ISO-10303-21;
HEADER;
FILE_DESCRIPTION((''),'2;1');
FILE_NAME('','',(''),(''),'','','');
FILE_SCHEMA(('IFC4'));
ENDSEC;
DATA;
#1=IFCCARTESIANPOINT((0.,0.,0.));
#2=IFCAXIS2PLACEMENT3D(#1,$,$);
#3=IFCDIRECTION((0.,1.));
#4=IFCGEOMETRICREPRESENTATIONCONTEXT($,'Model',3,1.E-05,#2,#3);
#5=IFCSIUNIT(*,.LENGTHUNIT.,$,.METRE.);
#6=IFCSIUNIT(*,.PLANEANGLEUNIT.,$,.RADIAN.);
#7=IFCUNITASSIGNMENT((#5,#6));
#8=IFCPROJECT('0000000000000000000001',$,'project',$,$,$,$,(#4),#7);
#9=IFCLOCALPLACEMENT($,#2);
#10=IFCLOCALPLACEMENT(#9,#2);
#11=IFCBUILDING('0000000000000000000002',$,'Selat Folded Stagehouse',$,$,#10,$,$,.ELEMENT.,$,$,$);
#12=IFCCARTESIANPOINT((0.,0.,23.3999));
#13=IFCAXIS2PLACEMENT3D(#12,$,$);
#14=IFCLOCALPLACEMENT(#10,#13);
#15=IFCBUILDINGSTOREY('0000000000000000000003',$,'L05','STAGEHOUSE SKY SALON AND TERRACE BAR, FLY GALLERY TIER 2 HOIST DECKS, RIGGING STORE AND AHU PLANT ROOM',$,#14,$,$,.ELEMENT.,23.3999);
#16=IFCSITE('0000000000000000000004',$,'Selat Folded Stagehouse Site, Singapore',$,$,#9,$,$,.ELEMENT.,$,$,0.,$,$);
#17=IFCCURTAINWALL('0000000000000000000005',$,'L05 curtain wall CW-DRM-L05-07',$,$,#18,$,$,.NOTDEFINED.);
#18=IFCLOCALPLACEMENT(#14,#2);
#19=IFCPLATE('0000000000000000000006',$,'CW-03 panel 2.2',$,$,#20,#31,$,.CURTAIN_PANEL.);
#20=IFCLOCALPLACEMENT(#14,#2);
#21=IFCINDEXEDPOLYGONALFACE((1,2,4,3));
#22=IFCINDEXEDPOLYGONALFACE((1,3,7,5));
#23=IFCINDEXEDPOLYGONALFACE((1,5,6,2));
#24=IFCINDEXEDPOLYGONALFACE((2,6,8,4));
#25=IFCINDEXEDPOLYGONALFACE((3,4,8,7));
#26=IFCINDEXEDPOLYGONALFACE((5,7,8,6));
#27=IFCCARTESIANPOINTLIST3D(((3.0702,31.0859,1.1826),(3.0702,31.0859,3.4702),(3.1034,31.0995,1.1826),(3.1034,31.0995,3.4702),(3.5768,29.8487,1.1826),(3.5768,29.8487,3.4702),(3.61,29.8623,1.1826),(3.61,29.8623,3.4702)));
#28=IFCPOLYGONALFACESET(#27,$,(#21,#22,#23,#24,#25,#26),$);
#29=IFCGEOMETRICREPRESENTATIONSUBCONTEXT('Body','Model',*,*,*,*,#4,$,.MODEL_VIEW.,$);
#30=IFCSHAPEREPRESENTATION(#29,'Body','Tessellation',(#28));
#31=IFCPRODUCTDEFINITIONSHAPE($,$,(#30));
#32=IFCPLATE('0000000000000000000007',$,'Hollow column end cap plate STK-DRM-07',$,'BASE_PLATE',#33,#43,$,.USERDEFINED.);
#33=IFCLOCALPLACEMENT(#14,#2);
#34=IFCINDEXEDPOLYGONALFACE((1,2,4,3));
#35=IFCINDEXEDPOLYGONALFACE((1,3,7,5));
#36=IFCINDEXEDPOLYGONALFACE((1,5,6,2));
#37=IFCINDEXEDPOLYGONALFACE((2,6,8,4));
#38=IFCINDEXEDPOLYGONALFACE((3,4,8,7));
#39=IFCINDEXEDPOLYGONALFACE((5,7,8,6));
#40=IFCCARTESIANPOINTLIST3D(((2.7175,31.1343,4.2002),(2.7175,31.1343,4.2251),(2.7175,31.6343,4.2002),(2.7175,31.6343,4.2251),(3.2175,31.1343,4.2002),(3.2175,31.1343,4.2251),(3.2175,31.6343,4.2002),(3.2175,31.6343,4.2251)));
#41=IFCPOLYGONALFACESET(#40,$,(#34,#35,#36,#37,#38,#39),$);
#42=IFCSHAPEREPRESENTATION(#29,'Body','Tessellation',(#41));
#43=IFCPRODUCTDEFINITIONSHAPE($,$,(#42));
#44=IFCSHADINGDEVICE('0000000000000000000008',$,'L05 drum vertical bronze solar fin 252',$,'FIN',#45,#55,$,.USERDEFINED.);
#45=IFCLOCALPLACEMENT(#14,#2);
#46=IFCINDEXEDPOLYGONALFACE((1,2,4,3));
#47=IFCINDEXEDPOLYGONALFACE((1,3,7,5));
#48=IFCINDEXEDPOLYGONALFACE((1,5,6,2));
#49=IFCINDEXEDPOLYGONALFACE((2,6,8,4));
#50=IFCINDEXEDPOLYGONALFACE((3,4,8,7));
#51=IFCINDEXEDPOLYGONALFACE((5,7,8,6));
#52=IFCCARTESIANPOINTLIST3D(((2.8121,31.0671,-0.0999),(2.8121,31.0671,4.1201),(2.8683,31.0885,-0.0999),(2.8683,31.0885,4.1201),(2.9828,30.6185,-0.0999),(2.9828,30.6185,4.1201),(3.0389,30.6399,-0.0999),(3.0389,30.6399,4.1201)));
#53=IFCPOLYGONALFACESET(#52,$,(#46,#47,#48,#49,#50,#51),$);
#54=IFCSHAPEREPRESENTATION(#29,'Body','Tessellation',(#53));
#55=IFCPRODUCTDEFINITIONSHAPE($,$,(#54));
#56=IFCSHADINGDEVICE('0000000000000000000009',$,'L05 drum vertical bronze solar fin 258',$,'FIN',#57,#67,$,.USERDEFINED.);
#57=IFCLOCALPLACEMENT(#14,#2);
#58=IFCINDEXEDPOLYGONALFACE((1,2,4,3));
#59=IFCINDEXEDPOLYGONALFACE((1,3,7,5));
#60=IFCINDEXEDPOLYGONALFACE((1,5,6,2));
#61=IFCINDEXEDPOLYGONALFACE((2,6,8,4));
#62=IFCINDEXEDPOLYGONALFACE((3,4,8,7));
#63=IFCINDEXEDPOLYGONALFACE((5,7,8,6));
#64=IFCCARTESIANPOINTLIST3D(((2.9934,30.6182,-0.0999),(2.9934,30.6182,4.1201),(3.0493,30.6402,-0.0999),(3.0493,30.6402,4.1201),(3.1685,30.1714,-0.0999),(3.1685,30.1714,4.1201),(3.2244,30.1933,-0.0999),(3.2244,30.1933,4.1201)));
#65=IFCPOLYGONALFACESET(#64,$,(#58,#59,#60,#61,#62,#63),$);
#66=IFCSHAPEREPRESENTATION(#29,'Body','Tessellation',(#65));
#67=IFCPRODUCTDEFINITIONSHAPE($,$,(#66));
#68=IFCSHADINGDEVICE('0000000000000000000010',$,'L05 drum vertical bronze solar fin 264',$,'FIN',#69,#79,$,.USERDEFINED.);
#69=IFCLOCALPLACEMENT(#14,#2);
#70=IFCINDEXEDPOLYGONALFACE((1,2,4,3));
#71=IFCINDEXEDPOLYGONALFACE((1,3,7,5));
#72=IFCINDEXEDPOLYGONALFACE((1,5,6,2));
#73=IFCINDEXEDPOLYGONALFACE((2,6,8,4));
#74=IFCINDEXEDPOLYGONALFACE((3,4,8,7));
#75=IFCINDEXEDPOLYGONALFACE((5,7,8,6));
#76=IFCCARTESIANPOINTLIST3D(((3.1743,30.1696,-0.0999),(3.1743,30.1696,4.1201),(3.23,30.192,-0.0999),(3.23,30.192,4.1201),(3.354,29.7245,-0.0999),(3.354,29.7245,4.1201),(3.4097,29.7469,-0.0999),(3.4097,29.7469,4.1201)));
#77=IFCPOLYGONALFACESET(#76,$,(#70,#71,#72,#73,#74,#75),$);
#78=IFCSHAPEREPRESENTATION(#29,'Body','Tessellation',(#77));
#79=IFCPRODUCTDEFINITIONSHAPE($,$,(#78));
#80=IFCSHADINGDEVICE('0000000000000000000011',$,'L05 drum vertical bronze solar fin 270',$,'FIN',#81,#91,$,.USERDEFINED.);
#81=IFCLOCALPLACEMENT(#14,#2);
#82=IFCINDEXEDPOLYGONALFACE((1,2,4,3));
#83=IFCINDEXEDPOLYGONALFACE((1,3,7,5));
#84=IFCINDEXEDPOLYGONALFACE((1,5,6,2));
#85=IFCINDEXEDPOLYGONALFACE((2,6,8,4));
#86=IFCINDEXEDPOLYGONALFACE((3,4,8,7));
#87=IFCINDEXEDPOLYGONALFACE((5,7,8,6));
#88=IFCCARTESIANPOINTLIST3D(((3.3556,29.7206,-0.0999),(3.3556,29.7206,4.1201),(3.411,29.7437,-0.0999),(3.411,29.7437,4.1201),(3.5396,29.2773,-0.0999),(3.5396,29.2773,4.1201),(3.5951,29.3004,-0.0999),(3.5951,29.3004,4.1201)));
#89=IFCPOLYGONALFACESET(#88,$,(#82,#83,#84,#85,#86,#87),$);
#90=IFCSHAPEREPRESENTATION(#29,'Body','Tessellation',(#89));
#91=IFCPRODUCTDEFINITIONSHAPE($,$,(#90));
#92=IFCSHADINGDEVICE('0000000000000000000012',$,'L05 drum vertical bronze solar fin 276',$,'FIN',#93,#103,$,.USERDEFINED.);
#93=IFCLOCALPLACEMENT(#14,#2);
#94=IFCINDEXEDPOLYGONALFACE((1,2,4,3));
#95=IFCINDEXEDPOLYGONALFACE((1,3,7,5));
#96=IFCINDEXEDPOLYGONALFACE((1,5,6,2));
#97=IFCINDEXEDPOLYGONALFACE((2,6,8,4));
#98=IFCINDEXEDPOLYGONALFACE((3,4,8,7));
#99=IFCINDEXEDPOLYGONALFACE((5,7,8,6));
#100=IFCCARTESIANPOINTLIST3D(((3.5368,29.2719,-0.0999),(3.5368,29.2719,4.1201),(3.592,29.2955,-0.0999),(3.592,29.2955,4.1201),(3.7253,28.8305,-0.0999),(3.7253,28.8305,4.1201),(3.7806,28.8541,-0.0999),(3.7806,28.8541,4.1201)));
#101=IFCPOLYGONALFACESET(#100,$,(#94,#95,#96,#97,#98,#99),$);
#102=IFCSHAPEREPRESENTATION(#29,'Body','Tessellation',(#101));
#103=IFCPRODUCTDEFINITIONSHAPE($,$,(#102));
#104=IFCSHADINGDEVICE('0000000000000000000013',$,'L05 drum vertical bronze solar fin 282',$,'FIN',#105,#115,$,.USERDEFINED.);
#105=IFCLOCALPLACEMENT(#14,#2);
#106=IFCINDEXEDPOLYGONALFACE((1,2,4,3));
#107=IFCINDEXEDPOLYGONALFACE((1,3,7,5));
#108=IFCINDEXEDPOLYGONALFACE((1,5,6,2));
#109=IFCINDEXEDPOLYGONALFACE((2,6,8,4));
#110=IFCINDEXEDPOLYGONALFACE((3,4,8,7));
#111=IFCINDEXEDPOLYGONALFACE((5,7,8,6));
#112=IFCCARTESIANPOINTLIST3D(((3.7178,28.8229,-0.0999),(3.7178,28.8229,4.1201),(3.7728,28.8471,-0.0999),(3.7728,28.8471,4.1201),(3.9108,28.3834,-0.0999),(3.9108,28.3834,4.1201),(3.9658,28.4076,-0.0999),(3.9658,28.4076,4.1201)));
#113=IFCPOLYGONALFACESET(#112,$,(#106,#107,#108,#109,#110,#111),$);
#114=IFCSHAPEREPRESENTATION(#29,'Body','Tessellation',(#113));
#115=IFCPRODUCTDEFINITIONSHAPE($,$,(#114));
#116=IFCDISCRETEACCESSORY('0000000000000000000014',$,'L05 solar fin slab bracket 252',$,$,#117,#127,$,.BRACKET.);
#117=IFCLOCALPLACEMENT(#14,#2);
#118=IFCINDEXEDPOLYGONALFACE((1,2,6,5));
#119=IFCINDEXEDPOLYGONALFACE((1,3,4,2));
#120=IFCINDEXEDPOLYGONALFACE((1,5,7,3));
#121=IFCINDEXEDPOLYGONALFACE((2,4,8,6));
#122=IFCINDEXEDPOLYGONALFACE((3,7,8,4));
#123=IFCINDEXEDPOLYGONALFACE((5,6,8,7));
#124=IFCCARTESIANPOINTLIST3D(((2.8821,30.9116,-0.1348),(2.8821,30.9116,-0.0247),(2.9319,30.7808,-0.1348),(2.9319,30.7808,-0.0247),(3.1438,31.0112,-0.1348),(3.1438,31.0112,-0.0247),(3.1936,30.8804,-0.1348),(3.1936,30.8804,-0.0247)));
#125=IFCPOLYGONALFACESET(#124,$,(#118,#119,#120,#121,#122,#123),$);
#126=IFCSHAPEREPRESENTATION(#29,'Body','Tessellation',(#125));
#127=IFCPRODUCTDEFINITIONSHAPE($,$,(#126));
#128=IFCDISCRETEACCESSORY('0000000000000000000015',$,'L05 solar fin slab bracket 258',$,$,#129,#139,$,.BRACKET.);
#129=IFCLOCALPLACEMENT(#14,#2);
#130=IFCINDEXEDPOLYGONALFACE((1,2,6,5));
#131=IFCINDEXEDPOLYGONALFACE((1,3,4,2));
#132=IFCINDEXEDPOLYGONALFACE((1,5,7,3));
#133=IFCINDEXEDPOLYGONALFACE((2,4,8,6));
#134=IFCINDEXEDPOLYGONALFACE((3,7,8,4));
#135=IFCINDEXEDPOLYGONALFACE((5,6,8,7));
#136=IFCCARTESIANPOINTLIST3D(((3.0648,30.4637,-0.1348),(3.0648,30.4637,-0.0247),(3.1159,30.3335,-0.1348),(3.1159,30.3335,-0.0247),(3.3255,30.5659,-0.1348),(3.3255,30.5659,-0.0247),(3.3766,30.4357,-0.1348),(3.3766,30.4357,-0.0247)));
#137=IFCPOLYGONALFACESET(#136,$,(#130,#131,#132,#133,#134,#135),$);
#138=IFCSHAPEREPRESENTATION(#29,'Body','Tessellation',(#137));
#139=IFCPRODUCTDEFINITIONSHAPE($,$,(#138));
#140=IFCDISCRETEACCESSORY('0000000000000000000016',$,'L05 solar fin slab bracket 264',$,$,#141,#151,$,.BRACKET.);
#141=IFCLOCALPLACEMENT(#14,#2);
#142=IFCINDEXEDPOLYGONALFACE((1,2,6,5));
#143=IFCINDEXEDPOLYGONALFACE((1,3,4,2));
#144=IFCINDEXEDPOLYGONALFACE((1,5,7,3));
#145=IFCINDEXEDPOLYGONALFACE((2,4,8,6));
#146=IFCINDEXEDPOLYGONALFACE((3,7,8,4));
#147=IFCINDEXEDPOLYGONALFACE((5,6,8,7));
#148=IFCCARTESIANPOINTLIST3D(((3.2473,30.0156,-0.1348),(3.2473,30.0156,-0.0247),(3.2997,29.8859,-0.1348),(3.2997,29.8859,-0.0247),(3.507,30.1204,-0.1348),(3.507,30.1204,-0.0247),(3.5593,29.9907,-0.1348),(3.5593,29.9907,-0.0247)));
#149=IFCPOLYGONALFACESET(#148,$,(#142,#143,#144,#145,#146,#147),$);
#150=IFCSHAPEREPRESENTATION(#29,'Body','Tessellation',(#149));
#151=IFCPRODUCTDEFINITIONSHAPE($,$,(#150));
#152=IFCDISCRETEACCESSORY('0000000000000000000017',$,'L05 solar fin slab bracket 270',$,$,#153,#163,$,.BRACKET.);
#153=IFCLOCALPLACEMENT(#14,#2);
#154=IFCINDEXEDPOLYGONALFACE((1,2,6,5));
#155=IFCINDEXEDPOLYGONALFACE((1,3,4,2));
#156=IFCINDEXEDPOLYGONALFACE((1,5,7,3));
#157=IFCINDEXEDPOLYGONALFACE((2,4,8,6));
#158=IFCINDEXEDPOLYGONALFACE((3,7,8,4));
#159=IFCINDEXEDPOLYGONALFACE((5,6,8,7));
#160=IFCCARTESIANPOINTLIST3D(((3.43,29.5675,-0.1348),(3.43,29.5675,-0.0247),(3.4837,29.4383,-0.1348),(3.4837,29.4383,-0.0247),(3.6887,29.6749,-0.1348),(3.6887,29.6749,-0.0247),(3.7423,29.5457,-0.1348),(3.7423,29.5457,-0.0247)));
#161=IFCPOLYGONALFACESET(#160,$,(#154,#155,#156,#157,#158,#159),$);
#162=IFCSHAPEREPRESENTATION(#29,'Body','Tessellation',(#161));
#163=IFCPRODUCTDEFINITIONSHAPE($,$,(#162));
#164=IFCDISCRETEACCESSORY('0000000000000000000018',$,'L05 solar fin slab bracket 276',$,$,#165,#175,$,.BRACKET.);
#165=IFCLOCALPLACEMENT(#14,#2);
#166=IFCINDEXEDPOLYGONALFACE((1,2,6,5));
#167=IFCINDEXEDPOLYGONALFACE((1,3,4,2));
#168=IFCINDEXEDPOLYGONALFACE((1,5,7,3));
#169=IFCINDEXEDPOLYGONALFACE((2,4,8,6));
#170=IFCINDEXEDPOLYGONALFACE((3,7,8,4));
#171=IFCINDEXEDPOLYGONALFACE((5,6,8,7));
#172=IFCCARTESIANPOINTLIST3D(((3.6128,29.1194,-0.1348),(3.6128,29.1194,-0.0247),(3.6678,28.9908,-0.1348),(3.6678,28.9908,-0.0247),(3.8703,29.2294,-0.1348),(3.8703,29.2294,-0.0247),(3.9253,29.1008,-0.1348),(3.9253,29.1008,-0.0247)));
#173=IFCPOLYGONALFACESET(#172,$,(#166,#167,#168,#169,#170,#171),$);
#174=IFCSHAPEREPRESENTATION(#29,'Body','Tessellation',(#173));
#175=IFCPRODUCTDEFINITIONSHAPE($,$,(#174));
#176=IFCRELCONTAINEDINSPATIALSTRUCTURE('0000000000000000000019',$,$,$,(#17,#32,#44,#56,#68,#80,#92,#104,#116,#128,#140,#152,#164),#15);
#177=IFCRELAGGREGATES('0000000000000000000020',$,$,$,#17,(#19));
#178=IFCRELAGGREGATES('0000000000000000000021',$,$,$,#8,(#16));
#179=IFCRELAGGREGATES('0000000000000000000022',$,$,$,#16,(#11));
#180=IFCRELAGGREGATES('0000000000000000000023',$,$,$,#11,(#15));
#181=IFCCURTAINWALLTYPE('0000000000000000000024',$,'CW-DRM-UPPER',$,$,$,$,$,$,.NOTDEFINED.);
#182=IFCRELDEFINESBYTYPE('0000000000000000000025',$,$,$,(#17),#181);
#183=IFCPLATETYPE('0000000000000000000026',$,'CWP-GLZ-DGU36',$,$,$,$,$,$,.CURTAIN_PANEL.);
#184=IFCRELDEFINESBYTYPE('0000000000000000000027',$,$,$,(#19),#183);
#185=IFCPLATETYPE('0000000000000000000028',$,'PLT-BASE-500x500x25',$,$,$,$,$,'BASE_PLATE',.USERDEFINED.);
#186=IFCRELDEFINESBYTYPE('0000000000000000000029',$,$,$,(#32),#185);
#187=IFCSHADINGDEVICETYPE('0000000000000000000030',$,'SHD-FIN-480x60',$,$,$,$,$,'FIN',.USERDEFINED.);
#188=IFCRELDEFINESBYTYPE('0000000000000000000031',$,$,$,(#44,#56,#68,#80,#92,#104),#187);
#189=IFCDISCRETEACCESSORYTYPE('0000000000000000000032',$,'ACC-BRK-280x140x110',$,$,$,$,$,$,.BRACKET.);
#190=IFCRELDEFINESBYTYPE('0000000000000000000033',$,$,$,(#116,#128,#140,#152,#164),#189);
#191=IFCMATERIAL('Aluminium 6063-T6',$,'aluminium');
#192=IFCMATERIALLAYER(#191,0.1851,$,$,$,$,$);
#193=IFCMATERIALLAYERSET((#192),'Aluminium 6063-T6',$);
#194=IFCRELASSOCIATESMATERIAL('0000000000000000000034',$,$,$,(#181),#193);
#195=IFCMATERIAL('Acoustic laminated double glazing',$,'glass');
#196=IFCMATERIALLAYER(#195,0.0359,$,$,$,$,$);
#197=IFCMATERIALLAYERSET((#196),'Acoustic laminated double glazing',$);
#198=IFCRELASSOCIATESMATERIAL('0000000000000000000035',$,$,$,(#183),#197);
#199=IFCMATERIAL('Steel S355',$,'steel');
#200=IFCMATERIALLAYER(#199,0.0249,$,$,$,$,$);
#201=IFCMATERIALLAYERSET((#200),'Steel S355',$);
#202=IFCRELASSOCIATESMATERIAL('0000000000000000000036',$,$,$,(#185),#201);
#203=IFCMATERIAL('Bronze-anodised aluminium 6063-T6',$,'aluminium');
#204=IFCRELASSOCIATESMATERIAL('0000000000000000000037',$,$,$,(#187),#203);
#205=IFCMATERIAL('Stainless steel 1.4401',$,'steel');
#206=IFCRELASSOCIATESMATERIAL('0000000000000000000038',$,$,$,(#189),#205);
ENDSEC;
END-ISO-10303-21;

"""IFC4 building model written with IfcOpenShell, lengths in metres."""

from ifc_helpers import new_model, si_unit, direction, frame, origin, origin_2d, place, context, subcontext, project, spatial, rectangle, extrude, material, layer, layer_set, material_profile, profile_set, type_object, element, aggregate, save


model = new_model("IFC4")

# Units and contexts
model_context = context("Model", 3, precision=1e-05, world=origin(), true_north=direction((0.0, 1.0)))
body_context = subcontext(model_context, "Body", "Model", "MODEL_VIEW")
ifc_project = project(units=[si_unit("LENGTHUNIT", "METRE"), si_unit("PLANEANGLEUNIT", "RADIAN")], contexts=[model_context])

# Site, building, storey
site_placement = place(None, origin())
site = spatial("IfcSite", under=ifc_project, at=site_placement, Name="Selat Folded Stagehouse Site, Singapore", CompositionType="ELEMENT", RefElevation=0.0)
building_placement = place(site_placement, origin())
building = spatial("IfcBuilding", under=site, at=building_placement, Name="Selat Folded Stagehouse", CompositionType="ELEMENT")
storey_placement = place(building_placement, frame((0.0, 0.0, 23.3999)))
storey = spatial("IfcBuildingStorey", under=building, at=storey_placement, Name="L05", Description="STAGEHOUSE SKY SALON AND TERRACE BAR, FLY GALLERY TIER 2 HOIST DECKS, RIGGING STORE AND AHU PLANT ROOM", CompositionType="ELEMENT", Elevation=23.3999)

# Shared definitions
ifc_material_1 = material(Name="Steel S355", Category="steel")

# Curtain wall
ifc_material_2 = material(Name="Aluminium 6063-T6", Category="aluminium")
ifc_layer_1 = layer(ifc_material_2, 0.1851)
ifc_layer_set_1 = layer_set([ifc_layer_1], Name="Aluminium 6063-T6")
curtain_wall_type = type_object("IfcCurtainWallType", Name="CW-DRM-UPPER", PredefinedType="NOTDEFINED", material=ifc_layer_set_1)
curtain_wall_placement = place(storey_placement, origin())
curtain_wall = element("IfcCurtainWall", 1, at=curtain_wall_placement, inside=storey, type_object=curtain_wall_type, Name="L05 curtain wall CW-DRM-L05-07", PredefinedType="NOTDEFINED")

# Plates
ifc_material_3 = material(Name="Acoustic laminated double glazing", Category="glass")
ifc_layer_2 = layer(ifc_material_3, 0.0359)
ifc_layer_set_2 = layer_set([ifc_layer_2], Name="Acoustic laminated double glazing")
plate_type_1 = type_object("IfcPlateType", Name="CWP-GLZ-DGU36", PredefinedType="CURTAIN_PANEL", material=ifc_layer_set_2)
plate_1_placement = place(storey_placement, frame((3.3401, 30.4741, 1.1826), z_axis=(0.0, 0.0, 1.0), x_axis=(-0.378891, 0.925441, 0.0)))
plate_1 = element("IfcPlate", 2, at=plate_1_placement, type_object=plate_type_1, Name="CW-03 panel 2.2", PredefinedType="CURTAIN_PANEL", context=body_context, shape_type="SweptSolid", body=[
    extrude(rectangle(XDim=1.3369, YDim=0.0359, at=origin_2d()), origin(), (0.0, 0.0, 1.0), 2.2876),
])
aggregate(curtain_wall, [plate_1])
ifc_layer_3 = layer(ifc_material_1, 0.0249)
ifc_layer_set_3 = layer_set([ifc_layer_3], Name="Steel S355")
plate_type_2 = type_object("IfcPlateType", Name="PLT-BASE-500x500x25", ElementType="BASE_PLATE", PredefinedType="USERDEFINED", material=ifc_layer_set_3)
plate_2_placement = place(storey_placement, frame((2.9675, 31.3843, 4.2002), z_axis=(0.0, 0.0, 1.0), x_axis=(1.0, 0.0, 0.0)))
element("IfcPlate", 3, at=plate_2_placement, inside=storey, type_object=plate_type_2, Name="Hollow column end cap plate STK-DRM-07", ObjectType="BASE_PLATE", PredefinedType="USERDEFINED", context=body_context, shape_type="SweptSolid", body=[
    extrude(rectangle(XDim=0.5, YDim=0.5, at=origin_2d()), origin(), (0.0, 0.0, 1.0), 0.0249),
])

# Shading devices
ifc_material_4 = material(Name="Bronze-anodised aluminium 6063-T6", Category="aluminium")
ifc_material_profile_1 = material_profile(ifc_material_4, rectangle(XDim=0.0601, YDim=0.48, at=origin_2d()), Name="SOLAR-FIN 480x60")
ifc_profile_set_1 = profile_set([ifc_material_profile_1], Name="Bronze-anodised aluminium 6063-T6")
shading_device_type = type_object("IfcShadingDeviceType", Name="SHD-FIN-480x60", ElementType="FIN", PredefinedType="USERDEFINED", material=ifc_profile_set_1)
for number, where, z_axis, x_axis, name in (
    (4, (2.9255, 30.8535, -0.0999), (0.0, 0.0, 1.0), (-0.93464, -0.355596, 0.0), "L05 drum vertical bronze solar fin 252"),
    (5, (3.1089, 30.4058, -0.0999), (0.0, 0.0, 1.0), (-0.931056, -0.364877, 0.0), "L05 drum vertical bronze solar fin 258"),
    (6, (3.292, 29.9583, -0.0999), (0.0, 0.0, 1.0), (-0.927315, -0.374283, 0.0), "L05 drum vertical bronze solar fin 264"),
    (7, (3.4753, 29.5105, -0.0999), (0.0, 0.0, 1.0), (-0.923545, -0.38349, 0.0), "L05 drum vertical bronze solar fin 270"),
    (8, (3.6587, 29.063, -0.0999), (0.0, 0.0, 1.0), (-0.919616, -0.392819, 0.0), "L05 drum vertical bronze solar fin 276"),
    (9, (3.8418, 28.6152, -0.0999), (0.0, 0.0, 1.0), (-0.915663, -0.401948, 0.0), "L05 drum vertical bronze solar fin 282"),
):
    element("IfcShadingDevice", number, at=place(storey_placement, frame(where, z_axis=z_axis, x_axis=x_axis)), inside=storey, type_object=shading_device_type, Name=name, ObjectType="FIN", PredefinedType="USERDEFINED", context=body_context, shape_type="SweptSolid", body=[
        extrude(rectangle(XDim=0.0601, YDim=0.48, at=origin_2d()), origin(), (0.0, 0.0, 1.0), 4.22),
    ])

# Discrete accessories
ifc_material_5 = material(Name="Stainless steel 1.4401", Category="steel")
discrete_accessory_type = type_object("IfcDiscreteAccessoryType", Name="ACC-BRK-280x140x110", PredefinedType="BRACKET", material=ifc_material_5)
for number, where, z_axis, x_axis, name in (
    (10, (3.0378, 30.896, -0.1348), (0.0, 0.0, 1.0), (-0.93464, -0.355596, 0.0), "L05 solar fin slab bracket 252"),
    (11, (3.2207, 30.4497, -0.1348), (0.0, 0.0, 1.0), (-0.931056, -0.364877, 0.0), "L05 solar fin slab bracket 258"),
    (12, (3.4033, 30.0032, -0.1348), (0.0, 0.0, 1.0), (-0.927315, -0.374283, 0.0), "L05 solar fin slab bracket 264"),
    (13, (3.5862, 29.5566, -0.1348), (0.0, 0.0, 1.0), (-0.923545, -0.38349, 0.0), "L05 solar fin slab bracket 270"),
    (14, (3.769, 29.1101, -0.1348), (0.0, 0.0, 1.0), (-0.919616, -0.392819, 0.0), "L05 solar fin slab bracket 276"),
):
    element("IfcDiscreteAccessory", number, at=place(storey_placement, frame(where, z_axis=z_axis, x_axis=x_axis)), inside=storey, type_object=discrete_accessory_type, Name=name, PredefinedType="BRACKET", context=body_context, shape_type="SweptSolid", body=[
        extrude(rectangle(XDim=0.28, YDim=0.1399, at=origin_2d()), origin(), (0.0, 0.0, 1.0), 0.1101),
    ])

save(model, "model.ifc")
